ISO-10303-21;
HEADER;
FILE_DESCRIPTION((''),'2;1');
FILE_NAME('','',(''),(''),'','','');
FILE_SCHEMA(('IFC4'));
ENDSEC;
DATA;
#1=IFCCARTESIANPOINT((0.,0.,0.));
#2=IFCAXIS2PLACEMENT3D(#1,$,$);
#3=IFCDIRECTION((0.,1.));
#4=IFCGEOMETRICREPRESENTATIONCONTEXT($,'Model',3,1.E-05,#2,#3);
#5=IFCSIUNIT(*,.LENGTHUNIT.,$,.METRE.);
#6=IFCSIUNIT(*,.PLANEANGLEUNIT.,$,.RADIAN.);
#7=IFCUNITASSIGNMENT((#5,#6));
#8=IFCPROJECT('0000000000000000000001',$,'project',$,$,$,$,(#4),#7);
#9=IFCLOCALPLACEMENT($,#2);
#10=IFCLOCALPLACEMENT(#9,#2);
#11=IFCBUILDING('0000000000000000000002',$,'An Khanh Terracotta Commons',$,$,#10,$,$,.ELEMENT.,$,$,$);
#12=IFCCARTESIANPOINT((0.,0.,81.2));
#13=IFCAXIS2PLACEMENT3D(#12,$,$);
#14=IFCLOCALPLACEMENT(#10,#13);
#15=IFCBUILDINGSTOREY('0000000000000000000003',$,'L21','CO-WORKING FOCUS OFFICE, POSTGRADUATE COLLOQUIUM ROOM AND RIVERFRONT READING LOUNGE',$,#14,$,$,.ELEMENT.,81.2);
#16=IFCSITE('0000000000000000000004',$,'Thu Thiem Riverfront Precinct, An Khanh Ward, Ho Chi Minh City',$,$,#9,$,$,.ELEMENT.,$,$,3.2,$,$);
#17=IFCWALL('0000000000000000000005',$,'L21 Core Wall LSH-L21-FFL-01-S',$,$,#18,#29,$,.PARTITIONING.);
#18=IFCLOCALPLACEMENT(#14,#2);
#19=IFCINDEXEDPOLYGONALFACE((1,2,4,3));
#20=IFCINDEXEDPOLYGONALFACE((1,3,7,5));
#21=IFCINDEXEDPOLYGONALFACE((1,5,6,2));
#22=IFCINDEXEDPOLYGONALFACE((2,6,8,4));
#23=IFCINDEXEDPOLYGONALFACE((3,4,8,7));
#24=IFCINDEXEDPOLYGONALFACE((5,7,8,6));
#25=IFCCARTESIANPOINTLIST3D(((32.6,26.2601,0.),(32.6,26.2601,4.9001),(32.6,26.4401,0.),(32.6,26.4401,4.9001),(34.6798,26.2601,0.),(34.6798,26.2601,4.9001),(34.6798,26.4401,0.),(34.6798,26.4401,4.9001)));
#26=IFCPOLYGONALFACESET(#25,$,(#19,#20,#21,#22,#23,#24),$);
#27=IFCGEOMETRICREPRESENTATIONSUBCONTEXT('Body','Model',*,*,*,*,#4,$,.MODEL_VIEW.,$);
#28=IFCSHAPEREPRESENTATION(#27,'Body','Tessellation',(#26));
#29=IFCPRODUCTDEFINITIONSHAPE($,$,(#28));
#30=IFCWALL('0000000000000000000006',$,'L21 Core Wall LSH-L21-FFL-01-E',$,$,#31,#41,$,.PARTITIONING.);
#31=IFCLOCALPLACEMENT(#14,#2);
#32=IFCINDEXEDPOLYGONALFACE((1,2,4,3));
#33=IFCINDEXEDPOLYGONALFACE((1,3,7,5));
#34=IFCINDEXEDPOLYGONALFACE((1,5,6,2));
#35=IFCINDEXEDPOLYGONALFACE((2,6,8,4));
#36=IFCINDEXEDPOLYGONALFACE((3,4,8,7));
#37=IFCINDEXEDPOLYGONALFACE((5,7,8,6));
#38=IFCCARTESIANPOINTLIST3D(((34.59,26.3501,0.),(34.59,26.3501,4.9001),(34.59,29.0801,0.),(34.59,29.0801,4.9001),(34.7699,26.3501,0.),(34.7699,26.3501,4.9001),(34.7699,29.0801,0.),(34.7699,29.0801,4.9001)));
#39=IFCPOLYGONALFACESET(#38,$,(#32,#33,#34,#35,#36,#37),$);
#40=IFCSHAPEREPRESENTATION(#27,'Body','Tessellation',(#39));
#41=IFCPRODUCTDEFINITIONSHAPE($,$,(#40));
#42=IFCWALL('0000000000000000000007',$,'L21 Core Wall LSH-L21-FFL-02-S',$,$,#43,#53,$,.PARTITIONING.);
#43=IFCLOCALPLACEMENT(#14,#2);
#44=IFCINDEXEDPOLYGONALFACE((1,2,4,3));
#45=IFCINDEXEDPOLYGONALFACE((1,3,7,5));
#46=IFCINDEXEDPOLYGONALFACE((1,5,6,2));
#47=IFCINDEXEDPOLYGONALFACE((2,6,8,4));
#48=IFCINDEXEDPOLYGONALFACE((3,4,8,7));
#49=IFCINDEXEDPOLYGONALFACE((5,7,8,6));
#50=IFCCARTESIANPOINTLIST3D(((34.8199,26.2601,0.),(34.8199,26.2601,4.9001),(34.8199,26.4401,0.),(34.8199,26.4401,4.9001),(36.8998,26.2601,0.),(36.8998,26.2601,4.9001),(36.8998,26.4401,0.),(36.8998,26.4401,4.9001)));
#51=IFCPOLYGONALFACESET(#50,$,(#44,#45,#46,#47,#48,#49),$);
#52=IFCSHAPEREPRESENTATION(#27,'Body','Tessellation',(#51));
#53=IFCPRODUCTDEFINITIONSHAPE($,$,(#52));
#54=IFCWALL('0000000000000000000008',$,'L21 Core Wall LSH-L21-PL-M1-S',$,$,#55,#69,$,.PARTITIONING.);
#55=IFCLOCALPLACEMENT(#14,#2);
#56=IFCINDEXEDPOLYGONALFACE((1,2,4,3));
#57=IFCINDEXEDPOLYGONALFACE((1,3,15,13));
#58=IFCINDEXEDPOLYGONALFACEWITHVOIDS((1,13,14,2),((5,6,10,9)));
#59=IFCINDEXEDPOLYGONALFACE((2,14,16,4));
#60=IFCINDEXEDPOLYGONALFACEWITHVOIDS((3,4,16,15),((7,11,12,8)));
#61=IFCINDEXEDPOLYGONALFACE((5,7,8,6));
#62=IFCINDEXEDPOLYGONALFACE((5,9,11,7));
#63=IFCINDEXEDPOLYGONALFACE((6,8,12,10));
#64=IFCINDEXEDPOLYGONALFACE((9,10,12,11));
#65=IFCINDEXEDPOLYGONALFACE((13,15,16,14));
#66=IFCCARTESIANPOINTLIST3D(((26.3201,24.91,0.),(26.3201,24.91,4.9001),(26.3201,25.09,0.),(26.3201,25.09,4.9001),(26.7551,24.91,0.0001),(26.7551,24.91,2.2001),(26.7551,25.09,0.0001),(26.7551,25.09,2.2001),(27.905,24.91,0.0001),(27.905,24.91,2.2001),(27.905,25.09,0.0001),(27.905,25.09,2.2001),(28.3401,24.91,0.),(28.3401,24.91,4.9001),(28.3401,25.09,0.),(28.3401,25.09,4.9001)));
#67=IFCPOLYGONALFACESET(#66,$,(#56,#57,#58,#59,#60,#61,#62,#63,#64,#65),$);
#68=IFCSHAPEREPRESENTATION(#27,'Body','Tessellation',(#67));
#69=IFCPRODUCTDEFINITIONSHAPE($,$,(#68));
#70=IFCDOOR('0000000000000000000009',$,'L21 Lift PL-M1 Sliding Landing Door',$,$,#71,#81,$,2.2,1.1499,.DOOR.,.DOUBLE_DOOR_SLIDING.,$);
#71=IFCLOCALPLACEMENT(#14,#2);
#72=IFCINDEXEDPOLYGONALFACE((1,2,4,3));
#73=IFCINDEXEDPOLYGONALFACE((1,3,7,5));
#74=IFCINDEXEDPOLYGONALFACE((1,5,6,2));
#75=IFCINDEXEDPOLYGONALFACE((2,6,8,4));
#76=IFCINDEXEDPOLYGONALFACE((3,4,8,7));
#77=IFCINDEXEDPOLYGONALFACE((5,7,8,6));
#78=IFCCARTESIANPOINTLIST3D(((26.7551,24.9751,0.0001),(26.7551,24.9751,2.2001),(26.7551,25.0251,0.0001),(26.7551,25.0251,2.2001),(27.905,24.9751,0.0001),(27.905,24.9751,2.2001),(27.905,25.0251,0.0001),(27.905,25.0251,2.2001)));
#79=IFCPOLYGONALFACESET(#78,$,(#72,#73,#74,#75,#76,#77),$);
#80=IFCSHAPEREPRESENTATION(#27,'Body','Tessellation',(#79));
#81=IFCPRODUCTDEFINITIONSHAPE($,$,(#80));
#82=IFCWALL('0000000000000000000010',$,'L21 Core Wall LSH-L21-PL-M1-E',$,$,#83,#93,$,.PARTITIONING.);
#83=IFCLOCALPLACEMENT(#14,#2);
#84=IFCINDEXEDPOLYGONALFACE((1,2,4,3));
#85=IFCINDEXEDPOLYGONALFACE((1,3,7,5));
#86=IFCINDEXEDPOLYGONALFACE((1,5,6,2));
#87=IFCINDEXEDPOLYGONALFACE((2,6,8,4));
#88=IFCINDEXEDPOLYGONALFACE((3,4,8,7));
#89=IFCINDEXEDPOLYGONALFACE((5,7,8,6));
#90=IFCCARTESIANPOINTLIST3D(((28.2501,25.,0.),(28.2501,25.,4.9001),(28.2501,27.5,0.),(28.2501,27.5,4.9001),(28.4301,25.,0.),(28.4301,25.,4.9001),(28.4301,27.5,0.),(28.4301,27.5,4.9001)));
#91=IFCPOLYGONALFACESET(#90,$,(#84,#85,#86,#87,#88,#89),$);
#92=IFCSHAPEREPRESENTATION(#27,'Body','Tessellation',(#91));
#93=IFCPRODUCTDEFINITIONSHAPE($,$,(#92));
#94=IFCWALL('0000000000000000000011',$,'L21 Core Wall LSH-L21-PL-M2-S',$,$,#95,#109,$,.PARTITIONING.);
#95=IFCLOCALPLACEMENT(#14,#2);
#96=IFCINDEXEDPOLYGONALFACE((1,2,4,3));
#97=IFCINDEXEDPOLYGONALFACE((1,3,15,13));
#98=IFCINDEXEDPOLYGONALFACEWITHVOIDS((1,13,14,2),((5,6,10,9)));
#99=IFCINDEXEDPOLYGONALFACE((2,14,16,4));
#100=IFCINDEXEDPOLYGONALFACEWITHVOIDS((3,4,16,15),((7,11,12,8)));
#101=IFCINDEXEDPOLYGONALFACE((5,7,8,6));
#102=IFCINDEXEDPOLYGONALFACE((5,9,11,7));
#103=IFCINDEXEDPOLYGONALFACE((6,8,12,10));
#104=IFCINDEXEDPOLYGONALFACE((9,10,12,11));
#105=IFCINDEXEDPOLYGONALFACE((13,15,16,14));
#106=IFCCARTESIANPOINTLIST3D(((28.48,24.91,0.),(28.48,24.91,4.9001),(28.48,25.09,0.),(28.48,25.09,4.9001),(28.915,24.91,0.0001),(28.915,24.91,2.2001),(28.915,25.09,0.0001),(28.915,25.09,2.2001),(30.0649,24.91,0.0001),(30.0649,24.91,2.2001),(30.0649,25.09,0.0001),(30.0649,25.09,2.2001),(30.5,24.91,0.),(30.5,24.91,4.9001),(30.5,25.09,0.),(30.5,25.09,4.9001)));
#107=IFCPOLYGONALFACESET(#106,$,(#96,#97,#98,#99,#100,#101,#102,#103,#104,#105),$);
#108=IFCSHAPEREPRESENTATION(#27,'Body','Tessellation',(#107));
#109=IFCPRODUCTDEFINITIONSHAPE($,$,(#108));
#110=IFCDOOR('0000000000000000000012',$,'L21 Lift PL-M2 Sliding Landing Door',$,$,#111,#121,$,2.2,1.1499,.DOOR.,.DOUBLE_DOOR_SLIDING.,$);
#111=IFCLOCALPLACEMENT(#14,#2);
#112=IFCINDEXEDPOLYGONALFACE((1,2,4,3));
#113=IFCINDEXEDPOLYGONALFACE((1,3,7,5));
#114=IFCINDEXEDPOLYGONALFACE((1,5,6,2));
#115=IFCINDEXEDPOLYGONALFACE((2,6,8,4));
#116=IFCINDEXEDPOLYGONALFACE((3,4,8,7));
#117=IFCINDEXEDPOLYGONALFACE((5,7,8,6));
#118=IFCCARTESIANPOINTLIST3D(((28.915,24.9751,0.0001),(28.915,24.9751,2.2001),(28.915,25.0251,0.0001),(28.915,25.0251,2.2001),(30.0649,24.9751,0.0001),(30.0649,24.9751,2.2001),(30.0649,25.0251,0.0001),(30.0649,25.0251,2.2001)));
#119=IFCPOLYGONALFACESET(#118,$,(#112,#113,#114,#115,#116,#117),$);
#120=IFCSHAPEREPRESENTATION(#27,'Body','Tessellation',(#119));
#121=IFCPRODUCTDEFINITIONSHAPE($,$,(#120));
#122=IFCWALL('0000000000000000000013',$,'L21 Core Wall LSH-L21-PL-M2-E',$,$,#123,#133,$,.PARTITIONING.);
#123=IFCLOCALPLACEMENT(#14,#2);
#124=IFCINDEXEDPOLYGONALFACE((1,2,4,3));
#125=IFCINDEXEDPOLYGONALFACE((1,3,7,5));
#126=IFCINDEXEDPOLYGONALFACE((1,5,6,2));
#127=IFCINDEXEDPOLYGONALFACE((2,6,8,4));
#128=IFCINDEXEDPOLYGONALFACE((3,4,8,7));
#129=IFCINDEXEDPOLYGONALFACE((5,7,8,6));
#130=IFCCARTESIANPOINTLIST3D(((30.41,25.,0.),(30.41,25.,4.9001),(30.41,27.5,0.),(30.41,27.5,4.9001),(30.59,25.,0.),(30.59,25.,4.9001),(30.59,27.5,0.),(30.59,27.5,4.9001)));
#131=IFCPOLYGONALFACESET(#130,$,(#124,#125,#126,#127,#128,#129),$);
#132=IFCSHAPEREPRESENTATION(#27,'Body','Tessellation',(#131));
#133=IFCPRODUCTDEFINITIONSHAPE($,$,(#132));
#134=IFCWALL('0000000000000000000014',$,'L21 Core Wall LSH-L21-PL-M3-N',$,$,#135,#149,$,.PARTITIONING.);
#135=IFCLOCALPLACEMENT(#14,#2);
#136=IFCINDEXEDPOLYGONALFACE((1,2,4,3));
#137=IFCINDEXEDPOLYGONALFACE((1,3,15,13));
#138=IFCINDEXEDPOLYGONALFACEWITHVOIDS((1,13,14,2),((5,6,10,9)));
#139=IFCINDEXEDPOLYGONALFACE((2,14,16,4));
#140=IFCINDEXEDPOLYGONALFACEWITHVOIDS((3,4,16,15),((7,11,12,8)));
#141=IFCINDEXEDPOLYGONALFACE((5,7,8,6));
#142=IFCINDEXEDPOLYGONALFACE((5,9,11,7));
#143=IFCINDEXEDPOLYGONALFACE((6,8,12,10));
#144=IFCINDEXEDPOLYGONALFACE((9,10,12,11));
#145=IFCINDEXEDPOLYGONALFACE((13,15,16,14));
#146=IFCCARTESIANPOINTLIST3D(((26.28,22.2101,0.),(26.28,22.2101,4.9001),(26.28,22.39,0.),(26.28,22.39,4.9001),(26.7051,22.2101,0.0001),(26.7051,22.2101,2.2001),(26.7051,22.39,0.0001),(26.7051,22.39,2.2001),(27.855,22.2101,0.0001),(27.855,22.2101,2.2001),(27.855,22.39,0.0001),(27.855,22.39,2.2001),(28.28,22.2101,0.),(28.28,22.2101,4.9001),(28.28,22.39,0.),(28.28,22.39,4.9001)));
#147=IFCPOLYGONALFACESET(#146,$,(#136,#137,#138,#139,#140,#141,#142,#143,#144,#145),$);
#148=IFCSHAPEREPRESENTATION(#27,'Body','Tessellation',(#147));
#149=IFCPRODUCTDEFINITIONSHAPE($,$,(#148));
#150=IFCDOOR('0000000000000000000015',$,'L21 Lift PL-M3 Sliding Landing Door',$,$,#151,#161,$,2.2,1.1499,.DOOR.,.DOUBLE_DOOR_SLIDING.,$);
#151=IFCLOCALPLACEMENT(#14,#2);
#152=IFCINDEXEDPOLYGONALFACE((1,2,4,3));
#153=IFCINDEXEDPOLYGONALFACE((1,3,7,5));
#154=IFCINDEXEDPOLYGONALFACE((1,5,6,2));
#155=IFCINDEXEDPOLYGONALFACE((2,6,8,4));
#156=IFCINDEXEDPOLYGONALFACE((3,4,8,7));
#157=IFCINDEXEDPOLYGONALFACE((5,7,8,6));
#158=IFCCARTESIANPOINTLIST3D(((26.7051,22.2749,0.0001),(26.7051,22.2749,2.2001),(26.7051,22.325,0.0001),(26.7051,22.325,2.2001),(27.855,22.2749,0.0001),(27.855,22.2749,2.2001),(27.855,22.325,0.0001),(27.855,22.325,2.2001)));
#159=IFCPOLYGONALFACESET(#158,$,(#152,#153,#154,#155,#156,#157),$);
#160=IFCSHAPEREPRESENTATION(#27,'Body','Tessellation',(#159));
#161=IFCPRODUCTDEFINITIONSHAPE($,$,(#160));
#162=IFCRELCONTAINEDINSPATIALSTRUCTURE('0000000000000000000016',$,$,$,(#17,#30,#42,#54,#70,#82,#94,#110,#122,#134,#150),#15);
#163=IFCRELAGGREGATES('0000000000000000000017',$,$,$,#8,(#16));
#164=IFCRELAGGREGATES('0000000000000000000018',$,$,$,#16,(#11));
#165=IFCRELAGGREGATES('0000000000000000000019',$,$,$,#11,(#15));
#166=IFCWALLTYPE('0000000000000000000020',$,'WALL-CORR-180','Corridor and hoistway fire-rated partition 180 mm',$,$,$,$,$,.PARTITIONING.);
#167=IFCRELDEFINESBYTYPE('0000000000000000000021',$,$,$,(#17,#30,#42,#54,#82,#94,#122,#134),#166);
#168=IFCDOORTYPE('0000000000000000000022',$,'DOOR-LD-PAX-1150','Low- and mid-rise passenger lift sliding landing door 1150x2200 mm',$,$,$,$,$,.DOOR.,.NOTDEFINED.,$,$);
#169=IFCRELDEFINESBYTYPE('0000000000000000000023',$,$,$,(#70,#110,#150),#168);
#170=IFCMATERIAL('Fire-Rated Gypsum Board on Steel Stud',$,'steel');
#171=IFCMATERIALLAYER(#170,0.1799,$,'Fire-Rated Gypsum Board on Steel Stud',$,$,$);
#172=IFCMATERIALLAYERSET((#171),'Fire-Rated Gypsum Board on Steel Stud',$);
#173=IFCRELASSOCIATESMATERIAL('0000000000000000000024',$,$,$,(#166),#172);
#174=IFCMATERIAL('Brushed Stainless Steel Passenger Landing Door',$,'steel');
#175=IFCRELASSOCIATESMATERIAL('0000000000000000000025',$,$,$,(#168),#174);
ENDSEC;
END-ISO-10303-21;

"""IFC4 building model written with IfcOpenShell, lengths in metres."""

from ifc_helpers import new_model, si_unit, direction, frame, frame_2d, origin, place, context, subcontext, project, spatial, rectangle, extrude, material, layer, layer_set, type_object, element, fill, save


model = new_model("IFC4")

# Units and contexts
model_context = context("Model", 3, precision=1e-05, world=origin(), true_north=direction((0.0, 1.0)))
body_context = subcontext(model_context, "Body", "Model", "MODEL_VIEW")
ifc_project = project(units=[si_unit("LENGTHUNIT", "METRE"), si_unit("PLANEANGLEUNIT", "RADIAN")], contexts=[model_context])

# Site, building, storey
site_placement = place(None, origin())
site = spatial("IfcSite", under=ifc_project, at=site_placement, Name="Thu Thiem Riverfront Precinct, An Khanh Ward, Ho Chi Minh City", CompositionType="ELEMENT", RefElevation=3.2)
building_placement = place(site_placement, origin())
building = spatial("IfcBuilding", under=site, at=building_placement, Name="An Khanh Terracotta Commons", CompositionType="ELEMENT")
storey_placement = place(building_placement, frame((0.0, 0.0, 81.2)))
storey = spatial("IfcBuildingStorey", under=building, at=storey_placement, Name="L21", Description="CO-WORKING FOCUS OFFICE, POSTGRADUATE COLLOQUIUM ROOM AND RIVERFRONT READING LOUNGE", CompositionType="ELEMENT", Elevation=81.2)

# Walls
ifc_material_1 = material(Name="Fire-Rated Gypsum Board on Steel Stud", Category="steel")
ifc_layer_1 = layer(ifc_material_1, 0.1799, Name="Fire-Rated Gypsum Board on Steel Stud")
ifc_layer_set_1 = layer_set([ifc_layer_1], Name="Fire-Rated Gypsum Board on Steel Stud")
wall_type_1 = type_object("IfcWallType", Name="WALL-CORR-180", Description="Corridor and hoistway fire-rated partition 180 mm", PredefinedType="PARTITIONING", material=ifc_layer_set_1)
wall_1_placement = place(storey_placement, frame((34.6799, 26.3501, 0.0), z_axis=(0.0, 0.0, 1.0), x_axis=(-1.0, 0.0, 0.0)))
element("IfcWall", 1, at=wall_1_placement, inside=storey, type_object=wall_type_1, Name="L21 Core Wall LSH-L21-FFL-01-S", PredefinedType="PARTITIONING", context=body_context, shape_type="SweptSolid", body=[
    extrude(rectangle(XDim=2.0798, YDim=0.1799, at=frame_2d((1.04, 0.0))), origin(), (0.0, 0.0, 1.0), 4.9001),
])
wall_2_placement = place(storey_placement, frame((34.6799, 26.3501, 0.0), z_axis=(0.0, 0.0, 1.0), x_axis=(0.0, 1.0, 0.0)))
element("IfcWall", 2, at=wall_2_placement, inside=storey, type_object=wall_type_1, Name="L21 Core Wall LSH-L21-FFL-01-E", PredefinedType="PARTITIONING", context=body_context, shape_type="SweptSolid", body=[
    extrude(rectangle(XDim=2.73, YDim=0.1799, at=frame_2d((1.365, 0.0))), origin(), (0.0, 0.0, 1.0), 4.9001),
])
wall_3_placement = place(storey_placement, frame((36.8999, 26.3501, 0.0), z_axis=(0.0, 0.0, 1.0), x_axis=(-1.0, 0.0, 0.0)))
element("IfcWall", 3, at=wall_3_placement, inside=storey, type_object=wall_type_1, Name="L21 Core Wall LSH-L21-FFL-02-S", PredefinedType="PARTITIONING", context=body_context, shape_type="SweptSolid", body=[
    extrude(rectangle(XDim=2.0798, YDim=0.1799, at=frame_2d((1.04, 0.0))), origin(), (0.0, 0.0, 1.0), 4.9001),
])

# Wall, opening, door
wall_4_placement = place(storey_placement, frame((28.3401, 25.0, 0.0), z_axis=(0.0, 0.0, 1.0), x_axis=(-1.0, 0.0, 0.0)))
wall_4 = element("IfcWall", 4, at=wall_4_placement, inside=storey, type_object=wall_type_1, Name="L21 Core Wall LSH-L21-PL-M1-S", PredefinedType="PARTITIONING", context=body_context, shape_type="SweptSolid", body=[
    extrude(rectangle(XDim=2.02, YDim=0.1799, at=frame_2d((1.01, 0.0))), origin(), (0.0, 0.0, 1.0), 4.9001),
])
opening_1_placement = place(wall_4_placement, frame((0.4351, 0.0, 0.0)))
opening_1 = element("IfcOpeningElement", 5, at=opening_1_placement, cuts=wall_4, PredefinedType="OPENING", context=body_context, shape_type="SweptSolid", body=[
    extrude(rectangle(XDim=1.1499, YDim=2.2, at=frame_2d((0.575, 1.1001))), frame((0.0, 0.0999, 0.0), z_axis=(0.0, -1.0, 0.0), x_axis=(1.0, 0.0, 0.0)), (0.0, 0.0, 1.0), 0.2),
])
ifc_material_2 = material(Name="Brushed Stainless Steel Passenger Landing Door", Category="steel")
door_type_1 = type_object("IfcDoorType", Name="DOOR-LD-PAX-1150", Description="Low- and mid-rise passenger lift sliding landing door 1150x2200 mm", OperationType="NOTDEFINED", PredefinedType="DOOR", material=ifc_material_2)
door_1_placement = place(opening_1_placement, origin())
door_1 = element("IfcDoor", 6, at=door_1_placement, inside=storey, type_object=door_type_1, Name="L21 Lift PL-M1 Sliding Landing Door", OperationType="DOUBLE_DOOR_SLIDING", OverallHeight=2.2, OverallWidth=1.1499, PredefinedType="DOOR", context=body_context, shape_type="SweptSolid", body=[
    extrude(rectangle(XDim=1.1499, YDim=2.2, at=frame_2d((0.575, 1.1001))), frame((0.0, 0.0249, 0.0), z_axis=(0.0, -1.0, 0.0), x_axis=(1.0, 0.0, 0.0)), (0.0, 0.0, 1.0), 0.05),
])
fill(opening_1, door_1)

# Wall
wall_5_placement = place(storey_placement, frame((28.3401, 25.0, 0.0), z_axis=(0.0, 0.0, 1.0), x_axis=(0.0, 1.0, 0.0)))
element("IfcWall", 7, at=wall_5_placement, inside=storey, type_object=wall_type_1, Name="L21 Core Wall LSH-L21-PL-M1-E", PredefinedType="PARTITIONING", context=body_context, shape_type="SweptSolid", body=[
    extrude(rectangle(XDim=2.5, YDim=0.1799, at=frame_2d((1.25, 0.0))), origin(), (0.0, 0.0, 1.0), 4.9001),
])

# Wall, opening, door
wall_6_placement = place(storey_placement, frame((30.5, 25.0, 0.0), z_axis=(0.0, 0.0, 1.0), x_axis=(-1.0, 0.0, 0.0)))
wall_6 = element("IfcWall", 8, at=wall_6_placement, inside=storey, type_object=wall_type_1, Name="L21 Core Wall LSH-L21-PL-M2-S", PredefinedType="PARTITIONING", context=body_context, shape_type="SweptSolid", body=[
    extrude(rectangle(XDim=2.02, YDim=0.1799, at=frame_2d((1.01, 0.0))), origin(), (0.0, 0.0, 1.0), 4.9001),
])
opening_2_placement = place(wall_6_placement, frame((0.4351, 0.0, 0.0)))
opening_2 = element("IfcOpeningElement", 9, at=opening_2_placement, cuts=wall_6, PredefinedType="OPENING", context=body_context, shape_type="SweptSolid", body=[
    extrude(rectangle(XDim=1.1499, YDim=2.2, at=frame_2d((0.575, 1.1001))), frame((0.0, 0.0999, 0.0), z_axis=(0.0, -1.0, 0.0), x_axis=(1.0, 0.0, 0.0)), (0.0, 0.0, 1.0), 0.2),
])
door_2_placement = place(opening_2_placement, origin())
door_2 = element("IfcDoor", 10, at=door_2_placement, inside=storey, type_object=door_type_1, Name="L21 Lift PL-M2 Sliding Landing Door", OperationType="DOUBLE_DOOR_SLIDING", OverallHeight=2.2, OverallWidth=1.1499, PredefinedType="DOOR", context=body_context, shape_type="SweptSolid", body=[
    extrude(rectangle(XDim=1.1499, YDim=2.2, at=frame_2d((0.575, 1.1001))), frame((0.0, 0.0249, 0.0), z_axis=(0.0, -1.0, 0.0), x_axis=(1.0, 0.0, 0.0)), (0.0, 0.0, 1.0), 0.05),
])
fill(opening_2, door_2)

# Wall
wall_7_placement = place(storey_placement, frame((30.5, 25.0, 0.0), z_axis=(0.0, 0.0, 1.0), x_axis=(0.0, 1.0, 0.0)))
element("IfcWall", 11, at=wall_7_placement, inside=storey, type_object=wall_type_1, Name="L21 Core Wall LSH-L21-PL-M2-E", PredefinedType="PARTITIONING", context=body_context, shape_type="SweptSolid", body=[
    extrude(rectangle(XDim=2.5, YDim=0.1799, at=frame_2d((1.25, 0.0))), origin(), (0.0, 0.0, 1.0), 4.9001),
])

# Wall, opening, door
wall_8_placement = place(storey_placement, frame((26.28, 22.3, 0.0), z_axis=(0.0, 0.0, 1.0), x_axis=(1.0, 0.0, 0.0)))
wall_8 = element("IfcWall", 12, at=wall_8_placement, inside=storey, type_object=wall_type_1, Name="L21 Core Wall LSH-L21-PL-M3-N", PredefinedType="PARTITIONING", context=body_context, shape_type="SweptSolid", body=[
    extrude(rectangle(XDim=2.0, YDim=0.1799, at=frame_2d((1.0, 0.0))), origin(), (0.0, 0.0, 1.0), 4.9001),
])
opening_3_placement = place(wall_8_placement, frame((0.425, 0.0, 0.0)))
opening_3 = element("IfcOpeningElement", 13, at=opening_3_placement, cuts=wall_8, PredefinedType="OPENING", context=body_context, shape_type="SweptSolid", body=[
    extrude(rectangle(XDim=1.1499, YDim=2.2, at=frame_2d((0.575, 1.1001))), frame((0.0, 0.0999, 0.0), z_axis=(0.0, -1.0, 0.0), x_axis=(1.0, 0.0, 0.0)), (0.0, 0.0, 1.0), 0.2),
])
door_3_placement = place(opening_3_placement, origin())
door_3 = element("IfcDoor", 14, at=door_3_placement, inside=storey, type_object=door_type_1, Name="L21 Lift PL-M3 Sliding Landing Door", OperationType="DOUBLE_DOOR_SLIDING", OverallHeight=2.2, OverallWidth=1.1499, PredefinedType="DOOR", context=body_context, shape_type="SweptSolid", body=[
    extrude(rectangle(XDim=1.1499, YDim=2.2, at=frame_2d((0.575, 1.1001))), frame((0.0, 0.0249, 0.0), z_axis=(0.0, -1.0, 0.0), x_axis=(1.0, 0.0, 0.0)), (0.0, 0.0, 1.0), 0.05),
])
fill(opening_3, door_3)

save(model, "model.ifc")
